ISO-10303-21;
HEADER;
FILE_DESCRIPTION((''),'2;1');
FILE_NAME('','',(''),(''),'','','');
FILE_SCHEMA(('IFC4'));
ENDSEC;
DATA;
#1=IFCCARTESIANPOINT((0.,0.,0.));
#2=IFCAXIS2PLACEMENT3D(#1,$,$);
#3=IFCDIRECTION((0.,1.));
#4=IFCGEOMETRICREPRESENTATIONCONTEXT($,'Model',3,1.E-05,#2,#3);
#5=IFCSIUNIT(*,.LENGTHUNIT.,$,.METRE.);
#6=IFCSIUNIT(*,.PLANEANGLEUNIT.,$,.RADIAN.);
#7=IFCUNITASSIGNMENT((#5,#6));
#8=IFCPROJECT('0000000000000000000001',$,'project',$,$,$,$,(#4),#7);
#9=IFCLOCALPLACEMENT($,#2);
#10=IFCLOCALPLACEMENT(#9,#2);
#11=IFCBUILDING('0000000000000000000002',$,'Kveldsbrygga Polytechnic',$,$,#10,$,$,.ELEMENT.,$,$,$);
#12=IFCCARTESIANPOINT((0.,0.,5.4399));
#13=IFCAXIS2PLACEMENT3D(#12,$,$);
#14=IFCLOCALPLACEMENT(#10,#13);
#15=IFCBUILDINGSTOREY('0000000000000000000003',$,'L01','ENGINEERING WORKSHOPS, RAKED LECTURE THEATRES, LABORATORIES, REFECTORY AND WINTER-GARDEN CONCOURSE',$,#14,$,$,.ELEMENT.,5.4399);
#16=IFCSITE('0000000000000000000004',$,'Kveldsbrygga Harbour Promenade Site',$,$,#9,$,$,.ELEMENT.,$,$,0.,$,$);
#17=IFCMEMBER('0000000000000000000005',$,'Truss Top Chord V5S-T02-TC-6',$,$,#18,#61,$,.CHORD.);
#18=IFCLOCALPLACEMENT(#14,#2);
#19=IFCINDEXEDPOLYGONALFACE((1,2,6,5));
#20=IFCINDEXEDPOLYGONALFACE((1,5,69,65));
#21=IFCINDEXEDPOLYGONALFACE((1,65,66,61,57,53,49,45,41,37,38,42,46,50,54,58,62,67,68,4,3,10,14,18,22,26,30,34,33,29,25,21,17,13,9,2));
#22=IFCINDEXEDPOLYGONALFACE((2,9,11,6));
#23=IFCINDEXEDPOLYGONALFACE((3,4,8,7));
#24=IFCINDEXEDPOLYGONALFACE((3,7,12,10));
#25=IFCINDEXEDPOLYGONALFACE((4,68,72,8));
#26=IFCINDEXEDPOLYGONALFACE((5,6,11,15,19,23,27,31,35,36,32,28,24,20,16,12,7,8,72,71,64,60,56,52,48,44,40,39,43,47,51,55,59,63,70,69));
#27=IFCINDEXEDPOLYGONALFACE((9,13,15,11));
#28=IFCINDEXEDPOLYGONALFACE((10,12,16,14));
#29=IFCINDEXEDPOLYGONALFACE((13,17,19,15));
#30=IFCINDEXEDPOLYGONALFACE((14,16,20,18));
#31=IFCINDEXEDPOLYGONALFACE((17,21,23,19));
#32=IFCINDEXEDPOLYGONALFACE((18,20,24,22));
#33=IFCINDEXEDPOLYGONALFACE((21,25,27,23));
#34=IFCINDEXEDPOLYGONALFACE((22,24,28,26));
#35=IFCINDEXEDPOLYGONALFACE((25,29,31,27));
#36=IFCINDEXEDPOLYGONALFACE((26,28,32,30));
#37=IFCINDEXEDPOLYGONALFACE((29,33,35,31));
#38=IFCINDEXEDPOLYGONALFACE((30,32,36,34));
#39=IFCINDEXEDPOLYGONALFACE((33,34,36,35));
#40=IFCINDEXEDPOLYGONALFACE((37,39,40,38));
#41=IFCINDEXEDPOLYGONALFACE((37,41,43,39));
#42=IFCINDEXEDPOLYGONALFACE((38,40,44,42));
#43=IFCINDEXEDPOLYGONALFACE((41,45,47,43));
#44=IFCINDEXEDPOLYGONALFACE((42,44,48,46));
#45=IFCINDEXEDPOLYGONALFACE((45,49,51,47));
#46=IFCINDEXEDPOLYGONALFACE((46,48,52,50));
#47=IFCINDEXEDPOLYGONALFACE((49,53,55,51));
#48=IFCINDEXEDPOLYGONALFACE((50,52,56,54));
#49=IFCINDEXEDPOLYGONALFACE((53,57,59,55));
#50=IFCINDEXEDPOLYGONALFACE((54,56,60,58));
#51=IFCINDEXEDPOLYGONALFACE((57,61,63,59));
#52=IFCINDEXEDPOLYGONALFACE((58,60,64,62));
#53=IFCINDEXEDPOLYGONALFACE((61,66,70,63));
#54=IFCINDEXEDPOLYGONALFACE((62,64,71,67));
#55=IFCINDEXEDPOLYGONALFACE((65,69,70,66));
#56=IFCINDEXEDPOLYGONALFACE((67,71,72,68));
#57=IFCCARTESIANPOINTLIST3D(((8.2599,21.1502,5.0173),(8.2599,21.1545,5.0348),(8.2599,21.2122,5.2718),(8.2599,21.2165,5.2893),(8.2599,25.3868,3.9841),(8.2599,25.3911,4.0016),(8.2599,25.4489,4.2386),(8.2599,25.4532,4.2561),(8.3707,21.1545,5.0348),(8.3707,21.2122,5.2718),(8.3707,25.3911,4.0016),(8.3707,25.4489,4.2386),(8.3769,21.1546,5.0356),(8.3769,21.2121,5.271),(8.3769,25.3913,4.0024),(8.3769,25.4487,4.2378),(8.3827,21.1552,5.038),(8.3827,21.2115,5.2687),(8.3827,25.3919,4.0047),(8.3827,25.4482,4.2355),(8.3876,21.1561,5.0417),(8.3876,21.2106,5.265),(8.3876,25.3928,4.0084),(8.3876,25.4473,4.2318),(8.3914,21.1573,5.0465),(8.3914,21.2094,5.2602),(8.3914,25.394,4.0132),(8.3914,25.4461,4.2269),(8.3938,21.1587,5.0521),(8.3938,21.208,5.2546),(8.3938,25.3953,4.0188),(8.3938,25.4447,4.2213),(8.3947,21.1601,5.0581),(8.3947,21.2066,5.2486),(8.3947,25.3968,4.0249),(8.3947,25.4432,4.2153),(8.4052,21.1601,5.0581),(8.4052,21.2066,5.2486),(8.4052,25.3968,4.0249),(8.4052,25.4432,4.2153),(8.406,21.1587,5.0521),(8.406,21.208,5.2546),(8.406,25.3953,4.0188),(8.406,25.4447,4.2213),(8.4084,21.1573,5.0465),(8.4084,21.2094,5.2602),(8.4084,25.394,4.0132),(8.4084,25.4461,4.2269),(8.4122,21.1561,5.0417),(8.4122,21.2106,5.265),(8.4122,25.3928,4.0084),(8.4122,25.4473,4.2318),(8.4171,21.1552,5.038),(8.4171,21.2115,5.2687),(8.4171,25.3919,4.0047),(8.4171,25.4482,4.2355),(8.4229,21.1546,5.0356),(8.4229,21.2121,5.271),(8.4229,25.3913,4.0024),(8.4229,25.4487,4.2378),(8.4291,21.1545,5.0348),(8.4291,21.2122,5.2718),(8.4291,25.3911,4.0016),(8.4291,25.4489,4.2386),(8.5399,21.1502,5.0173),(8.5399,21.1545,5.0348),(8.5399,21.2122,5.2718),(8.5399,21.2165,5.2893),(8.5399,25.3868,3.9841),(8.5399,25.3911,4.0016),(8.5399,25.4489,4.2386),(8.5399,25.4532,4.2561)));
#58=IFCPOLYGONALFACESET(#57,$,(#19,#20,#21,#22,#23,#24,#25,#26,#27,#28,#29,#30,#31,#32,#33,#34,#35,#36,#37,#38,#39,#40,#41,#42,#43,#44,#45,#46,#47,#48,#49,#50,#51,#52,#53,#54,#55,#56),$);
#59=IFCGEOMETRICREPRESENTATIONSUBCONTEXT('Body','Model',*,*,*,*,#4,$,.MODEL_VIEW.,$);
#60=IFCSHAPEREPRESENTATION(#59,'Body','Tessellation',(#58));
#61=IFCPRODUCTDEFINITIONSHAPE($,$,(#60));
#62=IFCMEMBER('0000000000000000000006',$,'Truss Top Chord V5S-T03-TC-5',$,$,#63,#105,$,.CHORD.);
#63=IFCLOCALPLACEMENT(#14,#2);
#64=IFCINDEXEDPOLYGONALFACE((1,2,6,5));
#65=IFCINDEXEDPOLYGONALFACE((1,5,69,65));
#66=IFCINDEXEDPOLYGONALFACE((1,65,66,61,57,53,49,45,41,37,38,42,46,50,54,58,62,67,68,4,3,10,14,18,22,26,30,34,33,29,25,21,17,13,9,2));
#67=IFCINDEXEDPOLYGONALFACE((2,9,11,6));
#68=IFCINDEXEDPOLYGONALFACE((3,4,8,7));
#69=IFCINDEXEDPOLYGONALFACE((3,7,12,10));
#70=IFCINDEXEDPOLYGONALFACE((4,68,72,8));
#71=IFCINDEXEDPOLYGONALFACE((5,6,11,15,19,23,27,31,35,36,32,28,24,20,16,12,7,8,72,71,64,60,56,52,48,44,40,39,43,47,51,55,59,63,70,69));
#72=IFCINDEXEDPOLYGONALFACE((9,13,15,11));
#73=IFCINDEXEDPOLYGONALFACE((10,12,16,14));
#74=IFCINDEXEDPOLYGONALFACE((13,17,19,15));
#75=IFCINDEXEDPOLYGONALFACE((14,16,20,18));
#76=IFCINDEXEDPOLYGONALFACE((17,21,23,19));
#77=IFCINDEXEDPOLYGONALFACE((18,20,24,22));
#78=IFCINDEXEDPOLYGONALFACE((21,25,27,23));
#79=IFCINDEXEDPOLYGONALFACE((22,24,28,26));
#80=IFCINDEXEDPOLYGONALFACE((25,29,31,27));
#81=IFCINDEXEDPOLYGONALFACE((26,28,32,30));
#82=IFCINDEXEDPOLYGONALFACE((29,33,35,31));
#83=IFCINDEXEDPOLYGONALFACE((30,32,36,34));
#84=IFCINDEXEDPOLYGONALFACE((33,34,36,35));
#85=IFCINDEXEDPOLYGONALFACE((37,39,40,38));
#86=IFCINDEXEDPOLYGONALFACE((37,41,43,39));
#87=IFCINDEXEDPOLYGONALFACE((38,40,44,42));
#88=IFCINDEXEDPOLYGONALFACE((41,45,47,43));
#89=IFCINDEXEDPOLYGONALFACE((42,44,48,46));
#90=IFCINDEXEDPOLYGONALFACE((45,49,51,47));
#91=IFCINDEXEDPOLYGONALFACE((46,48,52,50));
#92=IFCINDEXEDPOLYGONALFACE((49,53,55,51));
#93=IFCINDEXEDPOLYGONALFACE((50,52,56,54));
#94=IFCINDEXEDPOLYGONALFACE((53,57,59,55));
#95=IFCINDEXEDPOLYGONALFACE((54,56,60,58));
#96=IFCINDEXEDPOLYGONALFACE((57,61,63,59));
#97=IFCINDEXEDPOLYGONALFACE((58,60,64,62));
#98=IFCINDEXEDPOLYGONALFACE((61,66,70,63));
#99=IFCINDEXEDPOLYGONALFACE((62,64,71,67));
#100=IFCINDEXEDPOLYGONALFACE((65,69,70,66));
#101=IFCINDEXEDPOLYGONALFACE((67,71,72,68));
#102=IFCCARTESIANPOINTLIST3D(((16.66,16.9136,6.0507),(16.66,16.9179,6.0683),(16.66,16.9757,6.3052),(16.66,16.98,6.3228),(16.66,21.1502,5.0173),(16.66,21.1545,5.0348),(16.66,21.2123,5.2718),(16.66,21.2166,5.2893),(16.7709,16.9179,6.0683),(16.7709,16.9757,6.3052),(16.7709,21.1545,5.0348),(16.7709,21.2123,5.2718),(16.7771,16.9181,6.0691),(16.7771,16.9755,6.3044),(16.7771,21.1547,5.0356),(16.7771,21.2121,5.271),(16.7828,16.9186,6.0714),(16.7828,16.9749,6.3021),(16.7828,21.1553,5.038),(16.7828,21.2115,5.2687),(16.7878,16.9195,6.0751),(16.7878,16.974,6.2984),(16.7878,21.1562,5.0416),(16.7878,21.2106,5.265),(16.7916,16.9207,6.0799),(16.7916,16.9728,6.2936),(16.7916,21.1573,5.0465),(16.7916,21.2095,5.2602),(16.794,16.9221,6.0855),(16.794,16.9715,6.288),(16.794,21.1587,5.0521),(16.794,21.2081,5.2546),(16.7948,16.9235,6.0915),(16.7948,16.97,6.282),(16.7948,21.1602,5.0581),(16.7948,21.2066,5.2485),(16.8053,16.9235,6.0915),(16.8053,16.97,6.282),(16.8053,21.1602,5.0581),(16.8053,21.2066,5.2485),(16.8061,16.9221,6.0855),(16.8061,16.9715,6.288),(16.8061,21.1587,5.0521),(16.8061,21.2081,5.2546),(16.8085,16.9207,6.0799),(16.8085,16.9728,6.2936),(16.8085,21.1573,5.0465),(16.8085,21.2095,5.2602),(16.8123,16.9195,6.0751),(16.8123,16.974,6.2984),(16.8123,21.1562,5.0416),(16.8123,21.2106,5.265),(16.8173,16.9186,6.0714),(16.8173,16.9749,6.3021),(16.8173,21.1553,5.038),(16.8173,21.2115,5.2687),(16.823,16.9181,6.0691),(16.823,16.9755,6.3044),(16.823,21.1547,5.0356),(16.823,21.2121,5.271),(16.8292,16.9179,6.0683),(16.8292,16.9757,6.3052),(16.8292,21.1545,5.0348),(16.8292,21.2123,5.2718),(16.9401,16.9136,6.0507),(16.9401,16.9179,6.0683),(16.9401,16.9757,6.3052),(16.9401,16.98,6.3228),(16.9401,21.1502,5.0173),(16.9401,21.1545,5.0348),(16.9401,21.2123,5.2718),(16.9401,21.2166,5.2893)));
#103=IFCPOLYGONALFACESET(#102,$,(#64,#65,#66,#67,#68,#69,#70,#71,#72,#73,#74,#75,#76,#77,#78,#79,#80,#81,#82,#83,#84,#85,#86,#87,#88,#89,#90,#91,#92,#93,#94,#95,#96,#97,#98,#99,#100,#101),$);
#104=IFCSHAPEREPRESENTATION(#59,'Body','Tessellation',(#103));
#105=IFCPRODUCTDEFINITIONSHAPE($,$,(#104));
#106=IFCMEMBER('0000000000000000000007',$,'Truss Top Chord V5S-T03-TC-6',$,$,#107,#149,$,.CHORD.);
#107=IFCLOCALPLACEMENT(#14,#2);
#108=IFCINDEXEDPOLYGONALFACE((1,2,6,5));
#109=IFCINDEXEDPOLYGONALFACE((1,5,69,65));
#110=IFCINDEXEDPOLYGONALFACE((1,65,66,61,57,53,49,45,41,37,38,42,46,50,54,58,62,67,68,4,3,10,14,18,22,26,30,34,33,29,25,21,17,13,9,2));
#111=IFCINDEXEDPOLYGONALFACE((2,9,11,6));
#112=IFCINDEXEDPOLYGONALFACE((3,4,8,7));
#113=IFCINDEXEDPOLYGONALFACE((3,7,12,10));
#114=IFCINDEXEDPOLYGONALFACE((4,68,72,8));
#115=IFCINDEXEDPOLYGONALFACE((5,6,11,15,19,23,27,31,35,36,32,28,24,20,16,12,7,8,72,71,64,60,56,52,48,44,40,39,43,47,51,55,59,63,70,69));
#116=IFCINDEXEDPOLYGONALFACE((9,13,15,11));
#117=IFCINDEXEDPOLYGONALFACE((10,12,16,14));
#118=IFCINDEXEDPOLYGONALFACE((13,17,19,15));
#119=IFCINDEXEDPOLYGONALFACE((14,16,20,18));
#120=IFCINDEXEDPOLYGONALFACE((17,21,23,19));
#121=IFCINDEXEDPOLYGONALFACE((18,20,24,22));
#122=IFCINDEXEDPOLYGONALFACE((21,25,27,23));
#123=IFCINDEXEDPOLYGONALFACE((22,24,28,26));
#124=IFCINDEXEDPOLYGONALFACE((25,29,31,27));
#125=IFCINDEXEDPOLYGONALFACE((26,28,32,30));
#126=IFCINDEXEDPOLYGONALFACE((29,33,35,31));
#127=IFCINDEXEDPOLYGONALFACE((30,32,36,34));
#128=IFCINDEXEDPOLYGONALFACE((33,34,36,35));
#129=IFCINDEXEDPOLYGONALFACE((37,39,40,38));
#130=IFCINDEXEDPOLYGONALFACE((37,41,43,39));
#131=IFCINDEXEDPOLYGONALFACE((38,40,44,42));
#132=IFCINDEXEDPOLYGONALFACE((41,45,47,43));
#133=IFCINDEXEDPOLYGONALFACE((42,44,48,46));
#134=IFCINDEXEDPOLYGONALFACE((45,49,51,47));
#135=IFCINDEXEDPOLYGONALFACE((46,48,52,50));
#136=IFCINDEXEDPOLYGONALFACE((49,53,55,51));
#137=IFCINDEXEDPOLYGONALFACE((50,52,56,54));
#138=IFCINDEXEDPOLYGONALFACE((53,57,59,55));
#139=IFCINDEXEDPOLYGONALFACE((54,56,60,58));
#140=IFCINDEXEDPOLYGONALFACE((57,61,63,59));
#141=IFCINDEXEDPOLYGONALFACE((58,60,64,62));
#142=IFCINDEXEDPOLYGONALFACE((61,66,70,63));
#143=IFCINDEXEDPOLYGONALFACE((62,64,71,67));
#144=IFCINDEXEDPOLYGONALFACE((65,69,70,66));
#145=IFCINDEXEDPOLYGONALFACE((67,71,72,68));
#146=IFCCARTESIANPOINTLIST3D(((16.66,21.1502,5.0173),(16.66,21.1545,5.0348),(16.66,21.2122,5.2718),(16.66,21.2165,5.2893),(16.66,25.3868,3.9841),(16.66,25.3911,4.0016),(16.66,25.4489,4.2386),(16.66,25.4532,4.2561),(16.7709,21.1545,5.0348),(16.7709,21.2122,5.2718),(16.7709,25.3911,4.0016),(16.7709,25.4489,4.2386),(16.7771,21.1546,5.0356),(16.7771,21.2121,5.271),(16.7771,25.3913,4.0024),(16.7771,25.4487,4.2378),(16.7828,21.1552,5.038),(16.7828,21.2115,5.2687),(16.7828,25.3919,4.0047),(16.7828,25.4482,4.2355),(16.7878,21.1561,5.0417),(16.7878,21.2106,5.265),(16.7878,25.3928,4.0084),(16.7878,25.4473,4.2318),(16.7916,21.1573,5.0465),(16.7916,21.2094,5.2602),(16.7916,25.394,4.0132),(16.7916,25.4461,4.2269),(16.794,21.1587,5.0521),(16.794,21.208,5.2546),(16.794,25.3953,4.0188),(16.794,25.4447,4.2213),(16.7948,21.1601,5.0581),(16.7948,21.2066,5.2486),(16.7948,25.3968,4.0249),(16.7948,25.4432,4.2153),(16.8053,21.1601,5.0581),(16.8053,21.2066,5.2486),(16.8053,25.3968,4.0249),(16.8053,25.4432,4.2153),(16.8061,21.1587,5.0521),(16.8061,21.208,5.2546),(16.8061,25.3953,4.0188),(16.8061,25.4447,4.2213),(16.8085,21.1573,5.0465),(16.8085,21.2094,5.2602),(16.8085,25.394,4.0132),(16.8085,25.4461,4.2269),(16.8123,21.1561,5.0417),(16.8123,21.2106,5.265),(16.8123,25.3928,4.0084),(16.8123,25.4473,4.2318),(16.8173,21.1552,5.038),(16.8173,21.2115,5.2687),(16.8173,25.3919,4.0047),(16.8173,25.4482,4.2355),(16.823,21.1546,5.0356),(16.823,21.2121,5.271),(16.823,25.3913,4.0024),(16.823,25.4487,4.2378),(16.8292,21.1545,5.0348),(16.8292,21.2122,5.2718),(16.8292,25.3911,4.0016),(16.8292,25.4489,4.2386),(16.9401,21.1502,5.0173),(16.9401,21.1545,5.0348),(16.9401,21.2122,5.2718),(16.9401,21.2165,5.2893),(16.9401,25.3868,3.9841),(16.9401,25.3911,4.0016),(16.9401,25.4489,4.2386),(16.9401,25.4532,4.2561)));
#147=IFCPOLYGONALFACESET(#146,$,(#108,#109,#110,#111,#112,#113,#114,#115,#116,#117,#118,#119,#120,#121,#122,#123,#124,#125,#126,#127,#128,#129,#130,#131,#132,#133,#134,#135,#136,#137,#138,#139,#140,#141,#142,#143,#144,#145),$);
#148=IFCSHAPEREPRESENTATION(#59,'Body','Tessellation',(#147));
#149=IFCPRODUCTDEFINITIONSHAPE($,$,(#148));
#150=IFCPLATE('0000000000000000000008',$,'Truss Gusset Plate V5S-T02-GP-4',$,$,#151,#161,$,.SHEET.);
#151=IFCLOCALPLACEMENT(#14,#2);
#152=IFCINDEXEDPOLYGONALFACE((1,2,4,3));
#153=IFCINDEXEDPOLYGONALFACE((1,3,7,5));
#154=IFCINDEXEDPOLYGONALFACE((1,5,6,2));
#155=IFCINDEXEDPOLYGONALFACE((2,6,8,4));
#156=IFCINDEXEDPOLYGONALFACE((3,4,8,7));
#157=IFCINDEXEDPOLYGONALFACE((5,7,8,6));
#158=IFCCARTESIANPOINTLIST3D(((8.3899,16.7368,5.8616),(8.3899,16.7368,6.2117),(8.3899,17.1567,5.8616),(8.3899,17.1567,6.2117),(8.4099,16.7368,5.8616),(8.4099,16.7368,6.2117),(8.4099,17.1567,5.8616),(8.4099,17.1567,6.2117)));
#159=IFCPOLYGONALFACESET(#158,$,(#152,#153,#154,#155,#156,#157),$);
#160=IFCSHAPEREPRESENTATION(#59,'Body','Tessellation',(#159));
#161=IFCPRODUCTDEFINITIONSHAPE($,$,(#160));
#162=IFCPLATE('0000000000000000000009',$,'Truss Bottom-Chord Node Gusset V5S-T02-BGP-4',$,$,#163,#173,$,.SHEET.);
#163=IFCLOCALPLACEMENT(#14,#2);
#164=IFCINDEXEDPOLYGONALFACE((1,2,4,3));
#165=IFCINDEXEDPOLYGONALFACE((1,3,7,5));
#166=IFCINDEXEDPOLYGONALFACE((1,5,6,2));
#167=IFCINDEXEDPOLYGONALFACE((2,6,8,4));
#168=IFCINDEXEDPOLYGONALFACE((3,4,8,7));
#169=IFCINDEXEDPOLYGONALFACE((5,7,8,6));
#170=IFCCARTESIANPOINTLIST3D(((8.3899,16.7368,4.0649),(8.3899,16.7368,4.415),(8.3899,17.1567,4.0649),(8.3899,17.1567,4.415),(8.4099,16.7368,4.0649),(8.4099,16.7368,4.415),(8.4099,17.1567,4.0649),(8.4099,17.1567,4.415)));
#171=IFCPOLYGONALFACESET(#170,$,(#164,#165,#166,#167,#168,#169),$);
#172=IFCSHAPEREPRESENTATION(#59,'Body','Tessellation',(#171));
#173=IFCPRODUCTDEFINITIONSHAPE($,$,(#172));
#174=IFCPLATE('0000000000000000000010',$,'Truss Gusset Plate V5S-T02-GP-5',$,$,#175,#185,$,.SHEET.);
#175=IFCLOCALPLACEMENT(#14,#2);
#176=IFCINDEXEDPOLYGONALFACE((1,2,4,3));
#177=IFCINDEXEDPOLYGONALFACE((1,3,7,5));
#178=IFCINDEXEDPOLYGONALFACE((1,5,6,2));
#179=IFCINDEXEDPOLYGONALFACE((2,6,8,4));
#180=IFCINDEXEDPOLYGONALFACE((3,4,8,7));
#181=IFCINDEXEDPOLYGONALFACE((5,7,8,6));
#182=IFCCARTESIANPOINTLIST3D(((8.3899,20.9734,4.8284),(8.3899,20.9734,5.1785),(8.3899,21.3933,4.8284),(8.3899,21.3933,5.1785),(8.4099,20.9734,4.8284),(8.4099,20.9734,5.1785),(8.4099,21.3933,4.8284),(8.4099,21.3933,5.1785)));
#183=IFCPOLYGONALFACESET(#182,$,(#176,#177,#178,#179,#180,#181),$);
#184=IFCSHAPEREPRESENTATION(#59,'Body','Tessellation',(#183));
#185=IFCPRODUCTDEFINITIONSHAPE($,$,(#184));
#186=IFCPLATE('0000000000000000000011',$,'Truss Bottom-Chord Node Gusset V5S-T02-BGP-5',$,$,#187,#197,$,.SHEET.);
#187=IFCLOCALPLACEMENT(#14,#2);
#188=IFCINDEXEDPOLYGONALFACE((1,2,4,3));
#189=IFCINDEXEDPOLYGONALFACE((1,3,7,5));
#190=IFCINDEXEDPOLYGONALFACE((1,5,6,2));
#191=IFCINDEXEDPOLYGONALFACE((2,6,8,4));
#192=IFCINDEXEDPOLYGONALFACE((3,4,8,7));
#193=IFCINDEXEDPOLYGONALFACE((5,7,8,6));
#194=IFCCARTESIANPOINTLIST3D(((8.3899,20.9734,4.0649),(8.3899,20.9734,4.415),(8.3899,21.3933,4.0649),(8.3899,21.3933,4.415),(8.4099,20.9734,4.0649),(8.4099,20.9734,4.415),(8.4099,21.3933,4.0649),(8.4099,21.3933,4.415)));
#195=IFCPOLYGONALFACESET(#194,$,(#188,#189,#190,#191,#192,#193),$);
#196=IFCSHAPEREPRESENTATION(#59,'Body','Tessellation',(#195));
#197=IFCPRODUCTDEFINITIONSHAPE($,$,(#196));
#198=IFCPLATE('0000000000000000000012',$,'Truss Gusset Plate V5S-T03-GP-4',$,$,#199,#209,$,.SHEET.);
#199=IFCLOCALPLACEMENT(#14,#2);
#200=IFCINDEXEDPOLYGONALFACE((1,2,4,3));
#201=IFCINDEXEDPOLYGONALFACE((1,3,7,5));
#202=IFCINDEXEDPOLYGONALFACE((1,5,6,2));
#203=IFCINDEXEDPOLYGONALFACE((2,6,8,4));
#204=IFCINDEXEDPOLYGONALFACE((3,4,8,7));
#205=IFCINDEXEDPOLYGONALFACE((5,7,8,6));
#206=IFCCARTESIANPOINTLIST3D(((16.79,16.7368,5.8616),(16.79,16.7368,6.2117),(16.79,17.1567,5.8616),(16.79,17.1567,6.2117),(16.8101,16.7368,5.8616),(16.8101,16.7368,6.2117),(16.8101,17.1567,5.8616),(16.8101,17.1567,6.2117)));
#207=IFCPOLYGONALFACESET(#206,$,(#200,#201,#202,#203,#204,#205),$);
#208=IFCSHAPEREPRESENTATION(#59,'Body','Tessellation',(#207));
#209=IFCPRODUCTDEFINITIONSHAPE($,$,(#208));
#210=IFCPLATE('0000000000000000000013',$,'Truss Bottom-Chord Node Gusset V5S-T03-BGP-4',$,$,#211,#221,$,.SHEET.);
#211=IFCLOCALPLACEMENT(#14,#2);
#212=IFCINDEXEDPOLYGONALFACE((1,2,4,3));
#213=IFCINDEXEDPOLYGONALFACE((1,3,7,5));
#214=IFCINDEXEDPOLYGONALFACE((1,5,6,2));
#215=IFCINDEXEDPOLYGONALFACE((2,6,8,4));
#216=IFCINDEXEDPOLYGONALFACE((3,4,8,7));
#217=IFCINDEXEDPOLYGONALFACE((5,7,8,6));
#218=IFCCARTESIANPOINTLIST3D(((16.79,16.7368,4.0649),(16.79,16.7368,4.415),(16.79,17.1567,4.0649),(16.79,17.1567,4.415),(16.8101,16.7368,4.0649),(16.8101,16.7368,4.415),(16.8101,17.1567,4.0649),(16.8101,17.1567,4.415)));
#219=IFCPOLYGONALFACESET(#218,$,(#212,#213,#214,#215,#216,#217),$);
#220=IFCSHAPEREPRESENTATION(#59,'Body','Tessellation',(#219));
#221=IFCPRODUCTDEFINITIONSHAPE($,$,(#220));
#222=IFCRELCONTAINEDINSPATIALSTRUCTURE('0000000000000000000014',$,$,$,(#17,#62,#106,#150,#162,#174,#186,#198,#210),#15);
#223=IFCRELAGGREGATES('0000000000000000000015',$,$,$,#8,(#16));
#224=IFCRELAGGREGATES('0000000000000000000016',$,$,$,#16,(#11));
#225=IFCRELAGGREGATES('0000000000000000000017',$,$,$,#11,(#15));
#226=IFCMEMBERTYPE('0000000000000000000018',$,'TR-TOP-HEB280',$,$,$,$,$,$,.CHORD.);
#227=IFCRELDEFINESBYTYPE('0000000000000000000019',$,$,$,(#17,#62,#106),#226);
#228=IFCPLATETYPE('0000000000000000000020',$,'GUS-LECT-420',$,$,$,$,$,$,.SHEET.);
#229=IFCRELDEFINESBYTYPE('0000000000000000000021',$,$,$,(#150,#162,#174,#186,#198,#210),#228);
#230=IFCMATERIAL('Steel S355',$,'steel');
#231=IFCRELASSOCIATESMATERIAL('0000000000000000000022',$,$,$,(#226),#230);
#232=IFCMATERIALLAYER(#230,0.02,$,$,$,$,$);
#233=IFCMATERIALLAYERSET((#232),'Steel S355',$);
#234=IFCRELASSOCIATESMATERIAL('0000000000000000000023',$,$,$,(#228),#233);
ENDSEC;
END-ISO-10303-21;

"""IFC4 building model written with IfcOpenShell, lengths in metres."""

from ifc_helpers import new_model, si_unit, direction, frame, origin, origin_2d, place, context, subcontext, project, spatial, rectangle, i_section, extrude, material, layer, layer_set, material_profile, profile_set, type_object, element, save


model = new_model("IFC4")

# Units and contexts
model_context = context("Model", 3, precision=1e-05, world=origin(), true_north=direction((0.0, 1.0)))
body_context = subcontext(model_context, "Body", "Model", "MODEL_VIEW")
ifc_project = project(units=[si_unit("LENGTHUNIT", "METRE"), si_unit("PLANEANGLEUNIT", "RADIAN")], contexts=[model_context])

# Site, building, storey
site_placement = place(None, origin())
site = spatial("IfcSite", under=ifc_project, at=site_placement, Name="Kveldsbrygga Harbour Promenade Site", CompositionType="ELEMENT", RefElevation=0.0)
building_placement = place(site_placement, origin())
building = spatial("IfcBuilding", under=site, at=building_placement, Name="Kveldsbrygga Polytechnic", CompositionType="ELEMENT")
storey_placement = place(building_placement, frame((0.0, 0.0, 5.4399)))
storey = spatial("IfcBuildingStorey", under=building, at=storey_placement, Name="L01", Description="ENGINEERING WORKSHOPS, RAKED LECTURE THEATRES, LABORATORIES, REFECTORY AND WINTER-GARDEN CONCOURSE", CompositionType="ELEMENT", Elevation=5.4399)

# Members
ifc_material_1 = material(Name="Steel S355", Category="steel")
ifc_material_profile_1 = material_profile(ifc_material_1, i_section(OverallWidth=0.28, OverallDepth=0.28, WebThickness=0.0105, FlangeThickness=0.0181, FilletRadius=0.0239, at=origin_2d()), Name="HEB 280")
ifc_profile_set_1 = profile_set([ifc_material_profile_1], Name="Steel S355")
member_type_1 = type_object("IfcMemberType", Name="TR-TOP-HEB280", PredefinedType="CHORD", material=ifc_profile_set_1)
for number, where, z_axis, x_axis, name in (
    (1, (8.3999, 21.1833, 5.1533), (0.0, 0.971526, -0.236933), (-1.0, 0.0, 0.0), "Truss Top Chord V5S-T02-TC-6"),
    (2, (16.8, 16.9468, 6.1868), (0.0, 0.971513, -0.236986), (-1.0, 0.0, 0.0), "Truss Top Chord V5S-T03-TC-5"),
    (3, (16.8, 21.1833, 5.1533), (0.0, 0.971526, -0.236933), (-1.0, 0.0, 0.0), "Truss Top Chord V5S-T03-TC-6"),
):
    element("IfcMember", number, at=place(storey_placement, frame(where, z_axis=z_axis, x_axis=x_axis)), inside=storey, type_object=member_type_1, Name=name, PredefinedType="CHORD", context=body_context, shape_type="SweptSolid", body=[
        extrude(i_section(OverallWidth=0.28, OverallDepth=0.28, WebThickness=0.0105, FlangeThickness=0.0181, FilletRadius=0.0239, at=origin_2d()), origin(), (0.0, 0.0, 1.0), 4.3608),
    ])

# Plates
ifc_layer_1 = layer(ifc_material_1, 0.02)
ifc_layer_set_1 = layer_set([ifc_layer_1], Name="Steel S355")
plate_type = type_object("IfcPlateType", Name="GUS-LECT-420", PredefinedType="SHEET", material=ifc_layer_set_1)
for number, where, z_axis, x_axis, name in (
    (4, (8.3999, 16.9468, 5.8616), (0.0, 0.0, 1.0), (1.0, 0.0, 0.0), "Truss Gusset Plate V5S-T02-GP-4"),
    (5, (8.3999, 16.9468, 4.0649), (0.0, 0.0, 1.0), (1.0, 0.0, 0.0), "Truss Bottom-Chord Node Gusset V5S-T02-BGP-4"),
    (6, (8.3999, 21.1833, 4.8284), (0.0, 0.0, 1.0), (1.0, 0.0, 0.0), "Truss Gusset Plate V5S-T02-GP-5"),
    (7, (8.3999, 21.1833, 4.0649), (0.0, 0.0, 1.0), (1.0, 0.0, 0.0), "Truss Bottom-Chord Node Gusset V5S-T02-BGP-5"),
    (8, (16.8, 16.9468, 5.8616), (0.0, 0.0, 1.0), (1.0, 0.0, 0.0), "Truss Gusset Plate V5S-T03-GP-4"),
    (9, (16.8, 16.9468, 4.0649), (0.0, 0.0, 1.0), (1.0, 0.0, 0.0), "Truss Bottom-Chord Node Gusset V5S-T03-BGP-4"),
):
    element("IfcPlate", number, at=place(storey_placement, frame(where, z_axis=z_axis, x_axis=x_axis)), inside=storey, type_object=plate_type, Name=name, PredefinedType="SHEET", context=body_context, shape_type="SweptSolid", body=[
        extrude(rectangle(XDim=0.02, YDim=0.4199, at=origin_2d()), origin(), (0.0, 0.0, 1.0), 0.3501),
    ])

save(model, "model.ifc")
